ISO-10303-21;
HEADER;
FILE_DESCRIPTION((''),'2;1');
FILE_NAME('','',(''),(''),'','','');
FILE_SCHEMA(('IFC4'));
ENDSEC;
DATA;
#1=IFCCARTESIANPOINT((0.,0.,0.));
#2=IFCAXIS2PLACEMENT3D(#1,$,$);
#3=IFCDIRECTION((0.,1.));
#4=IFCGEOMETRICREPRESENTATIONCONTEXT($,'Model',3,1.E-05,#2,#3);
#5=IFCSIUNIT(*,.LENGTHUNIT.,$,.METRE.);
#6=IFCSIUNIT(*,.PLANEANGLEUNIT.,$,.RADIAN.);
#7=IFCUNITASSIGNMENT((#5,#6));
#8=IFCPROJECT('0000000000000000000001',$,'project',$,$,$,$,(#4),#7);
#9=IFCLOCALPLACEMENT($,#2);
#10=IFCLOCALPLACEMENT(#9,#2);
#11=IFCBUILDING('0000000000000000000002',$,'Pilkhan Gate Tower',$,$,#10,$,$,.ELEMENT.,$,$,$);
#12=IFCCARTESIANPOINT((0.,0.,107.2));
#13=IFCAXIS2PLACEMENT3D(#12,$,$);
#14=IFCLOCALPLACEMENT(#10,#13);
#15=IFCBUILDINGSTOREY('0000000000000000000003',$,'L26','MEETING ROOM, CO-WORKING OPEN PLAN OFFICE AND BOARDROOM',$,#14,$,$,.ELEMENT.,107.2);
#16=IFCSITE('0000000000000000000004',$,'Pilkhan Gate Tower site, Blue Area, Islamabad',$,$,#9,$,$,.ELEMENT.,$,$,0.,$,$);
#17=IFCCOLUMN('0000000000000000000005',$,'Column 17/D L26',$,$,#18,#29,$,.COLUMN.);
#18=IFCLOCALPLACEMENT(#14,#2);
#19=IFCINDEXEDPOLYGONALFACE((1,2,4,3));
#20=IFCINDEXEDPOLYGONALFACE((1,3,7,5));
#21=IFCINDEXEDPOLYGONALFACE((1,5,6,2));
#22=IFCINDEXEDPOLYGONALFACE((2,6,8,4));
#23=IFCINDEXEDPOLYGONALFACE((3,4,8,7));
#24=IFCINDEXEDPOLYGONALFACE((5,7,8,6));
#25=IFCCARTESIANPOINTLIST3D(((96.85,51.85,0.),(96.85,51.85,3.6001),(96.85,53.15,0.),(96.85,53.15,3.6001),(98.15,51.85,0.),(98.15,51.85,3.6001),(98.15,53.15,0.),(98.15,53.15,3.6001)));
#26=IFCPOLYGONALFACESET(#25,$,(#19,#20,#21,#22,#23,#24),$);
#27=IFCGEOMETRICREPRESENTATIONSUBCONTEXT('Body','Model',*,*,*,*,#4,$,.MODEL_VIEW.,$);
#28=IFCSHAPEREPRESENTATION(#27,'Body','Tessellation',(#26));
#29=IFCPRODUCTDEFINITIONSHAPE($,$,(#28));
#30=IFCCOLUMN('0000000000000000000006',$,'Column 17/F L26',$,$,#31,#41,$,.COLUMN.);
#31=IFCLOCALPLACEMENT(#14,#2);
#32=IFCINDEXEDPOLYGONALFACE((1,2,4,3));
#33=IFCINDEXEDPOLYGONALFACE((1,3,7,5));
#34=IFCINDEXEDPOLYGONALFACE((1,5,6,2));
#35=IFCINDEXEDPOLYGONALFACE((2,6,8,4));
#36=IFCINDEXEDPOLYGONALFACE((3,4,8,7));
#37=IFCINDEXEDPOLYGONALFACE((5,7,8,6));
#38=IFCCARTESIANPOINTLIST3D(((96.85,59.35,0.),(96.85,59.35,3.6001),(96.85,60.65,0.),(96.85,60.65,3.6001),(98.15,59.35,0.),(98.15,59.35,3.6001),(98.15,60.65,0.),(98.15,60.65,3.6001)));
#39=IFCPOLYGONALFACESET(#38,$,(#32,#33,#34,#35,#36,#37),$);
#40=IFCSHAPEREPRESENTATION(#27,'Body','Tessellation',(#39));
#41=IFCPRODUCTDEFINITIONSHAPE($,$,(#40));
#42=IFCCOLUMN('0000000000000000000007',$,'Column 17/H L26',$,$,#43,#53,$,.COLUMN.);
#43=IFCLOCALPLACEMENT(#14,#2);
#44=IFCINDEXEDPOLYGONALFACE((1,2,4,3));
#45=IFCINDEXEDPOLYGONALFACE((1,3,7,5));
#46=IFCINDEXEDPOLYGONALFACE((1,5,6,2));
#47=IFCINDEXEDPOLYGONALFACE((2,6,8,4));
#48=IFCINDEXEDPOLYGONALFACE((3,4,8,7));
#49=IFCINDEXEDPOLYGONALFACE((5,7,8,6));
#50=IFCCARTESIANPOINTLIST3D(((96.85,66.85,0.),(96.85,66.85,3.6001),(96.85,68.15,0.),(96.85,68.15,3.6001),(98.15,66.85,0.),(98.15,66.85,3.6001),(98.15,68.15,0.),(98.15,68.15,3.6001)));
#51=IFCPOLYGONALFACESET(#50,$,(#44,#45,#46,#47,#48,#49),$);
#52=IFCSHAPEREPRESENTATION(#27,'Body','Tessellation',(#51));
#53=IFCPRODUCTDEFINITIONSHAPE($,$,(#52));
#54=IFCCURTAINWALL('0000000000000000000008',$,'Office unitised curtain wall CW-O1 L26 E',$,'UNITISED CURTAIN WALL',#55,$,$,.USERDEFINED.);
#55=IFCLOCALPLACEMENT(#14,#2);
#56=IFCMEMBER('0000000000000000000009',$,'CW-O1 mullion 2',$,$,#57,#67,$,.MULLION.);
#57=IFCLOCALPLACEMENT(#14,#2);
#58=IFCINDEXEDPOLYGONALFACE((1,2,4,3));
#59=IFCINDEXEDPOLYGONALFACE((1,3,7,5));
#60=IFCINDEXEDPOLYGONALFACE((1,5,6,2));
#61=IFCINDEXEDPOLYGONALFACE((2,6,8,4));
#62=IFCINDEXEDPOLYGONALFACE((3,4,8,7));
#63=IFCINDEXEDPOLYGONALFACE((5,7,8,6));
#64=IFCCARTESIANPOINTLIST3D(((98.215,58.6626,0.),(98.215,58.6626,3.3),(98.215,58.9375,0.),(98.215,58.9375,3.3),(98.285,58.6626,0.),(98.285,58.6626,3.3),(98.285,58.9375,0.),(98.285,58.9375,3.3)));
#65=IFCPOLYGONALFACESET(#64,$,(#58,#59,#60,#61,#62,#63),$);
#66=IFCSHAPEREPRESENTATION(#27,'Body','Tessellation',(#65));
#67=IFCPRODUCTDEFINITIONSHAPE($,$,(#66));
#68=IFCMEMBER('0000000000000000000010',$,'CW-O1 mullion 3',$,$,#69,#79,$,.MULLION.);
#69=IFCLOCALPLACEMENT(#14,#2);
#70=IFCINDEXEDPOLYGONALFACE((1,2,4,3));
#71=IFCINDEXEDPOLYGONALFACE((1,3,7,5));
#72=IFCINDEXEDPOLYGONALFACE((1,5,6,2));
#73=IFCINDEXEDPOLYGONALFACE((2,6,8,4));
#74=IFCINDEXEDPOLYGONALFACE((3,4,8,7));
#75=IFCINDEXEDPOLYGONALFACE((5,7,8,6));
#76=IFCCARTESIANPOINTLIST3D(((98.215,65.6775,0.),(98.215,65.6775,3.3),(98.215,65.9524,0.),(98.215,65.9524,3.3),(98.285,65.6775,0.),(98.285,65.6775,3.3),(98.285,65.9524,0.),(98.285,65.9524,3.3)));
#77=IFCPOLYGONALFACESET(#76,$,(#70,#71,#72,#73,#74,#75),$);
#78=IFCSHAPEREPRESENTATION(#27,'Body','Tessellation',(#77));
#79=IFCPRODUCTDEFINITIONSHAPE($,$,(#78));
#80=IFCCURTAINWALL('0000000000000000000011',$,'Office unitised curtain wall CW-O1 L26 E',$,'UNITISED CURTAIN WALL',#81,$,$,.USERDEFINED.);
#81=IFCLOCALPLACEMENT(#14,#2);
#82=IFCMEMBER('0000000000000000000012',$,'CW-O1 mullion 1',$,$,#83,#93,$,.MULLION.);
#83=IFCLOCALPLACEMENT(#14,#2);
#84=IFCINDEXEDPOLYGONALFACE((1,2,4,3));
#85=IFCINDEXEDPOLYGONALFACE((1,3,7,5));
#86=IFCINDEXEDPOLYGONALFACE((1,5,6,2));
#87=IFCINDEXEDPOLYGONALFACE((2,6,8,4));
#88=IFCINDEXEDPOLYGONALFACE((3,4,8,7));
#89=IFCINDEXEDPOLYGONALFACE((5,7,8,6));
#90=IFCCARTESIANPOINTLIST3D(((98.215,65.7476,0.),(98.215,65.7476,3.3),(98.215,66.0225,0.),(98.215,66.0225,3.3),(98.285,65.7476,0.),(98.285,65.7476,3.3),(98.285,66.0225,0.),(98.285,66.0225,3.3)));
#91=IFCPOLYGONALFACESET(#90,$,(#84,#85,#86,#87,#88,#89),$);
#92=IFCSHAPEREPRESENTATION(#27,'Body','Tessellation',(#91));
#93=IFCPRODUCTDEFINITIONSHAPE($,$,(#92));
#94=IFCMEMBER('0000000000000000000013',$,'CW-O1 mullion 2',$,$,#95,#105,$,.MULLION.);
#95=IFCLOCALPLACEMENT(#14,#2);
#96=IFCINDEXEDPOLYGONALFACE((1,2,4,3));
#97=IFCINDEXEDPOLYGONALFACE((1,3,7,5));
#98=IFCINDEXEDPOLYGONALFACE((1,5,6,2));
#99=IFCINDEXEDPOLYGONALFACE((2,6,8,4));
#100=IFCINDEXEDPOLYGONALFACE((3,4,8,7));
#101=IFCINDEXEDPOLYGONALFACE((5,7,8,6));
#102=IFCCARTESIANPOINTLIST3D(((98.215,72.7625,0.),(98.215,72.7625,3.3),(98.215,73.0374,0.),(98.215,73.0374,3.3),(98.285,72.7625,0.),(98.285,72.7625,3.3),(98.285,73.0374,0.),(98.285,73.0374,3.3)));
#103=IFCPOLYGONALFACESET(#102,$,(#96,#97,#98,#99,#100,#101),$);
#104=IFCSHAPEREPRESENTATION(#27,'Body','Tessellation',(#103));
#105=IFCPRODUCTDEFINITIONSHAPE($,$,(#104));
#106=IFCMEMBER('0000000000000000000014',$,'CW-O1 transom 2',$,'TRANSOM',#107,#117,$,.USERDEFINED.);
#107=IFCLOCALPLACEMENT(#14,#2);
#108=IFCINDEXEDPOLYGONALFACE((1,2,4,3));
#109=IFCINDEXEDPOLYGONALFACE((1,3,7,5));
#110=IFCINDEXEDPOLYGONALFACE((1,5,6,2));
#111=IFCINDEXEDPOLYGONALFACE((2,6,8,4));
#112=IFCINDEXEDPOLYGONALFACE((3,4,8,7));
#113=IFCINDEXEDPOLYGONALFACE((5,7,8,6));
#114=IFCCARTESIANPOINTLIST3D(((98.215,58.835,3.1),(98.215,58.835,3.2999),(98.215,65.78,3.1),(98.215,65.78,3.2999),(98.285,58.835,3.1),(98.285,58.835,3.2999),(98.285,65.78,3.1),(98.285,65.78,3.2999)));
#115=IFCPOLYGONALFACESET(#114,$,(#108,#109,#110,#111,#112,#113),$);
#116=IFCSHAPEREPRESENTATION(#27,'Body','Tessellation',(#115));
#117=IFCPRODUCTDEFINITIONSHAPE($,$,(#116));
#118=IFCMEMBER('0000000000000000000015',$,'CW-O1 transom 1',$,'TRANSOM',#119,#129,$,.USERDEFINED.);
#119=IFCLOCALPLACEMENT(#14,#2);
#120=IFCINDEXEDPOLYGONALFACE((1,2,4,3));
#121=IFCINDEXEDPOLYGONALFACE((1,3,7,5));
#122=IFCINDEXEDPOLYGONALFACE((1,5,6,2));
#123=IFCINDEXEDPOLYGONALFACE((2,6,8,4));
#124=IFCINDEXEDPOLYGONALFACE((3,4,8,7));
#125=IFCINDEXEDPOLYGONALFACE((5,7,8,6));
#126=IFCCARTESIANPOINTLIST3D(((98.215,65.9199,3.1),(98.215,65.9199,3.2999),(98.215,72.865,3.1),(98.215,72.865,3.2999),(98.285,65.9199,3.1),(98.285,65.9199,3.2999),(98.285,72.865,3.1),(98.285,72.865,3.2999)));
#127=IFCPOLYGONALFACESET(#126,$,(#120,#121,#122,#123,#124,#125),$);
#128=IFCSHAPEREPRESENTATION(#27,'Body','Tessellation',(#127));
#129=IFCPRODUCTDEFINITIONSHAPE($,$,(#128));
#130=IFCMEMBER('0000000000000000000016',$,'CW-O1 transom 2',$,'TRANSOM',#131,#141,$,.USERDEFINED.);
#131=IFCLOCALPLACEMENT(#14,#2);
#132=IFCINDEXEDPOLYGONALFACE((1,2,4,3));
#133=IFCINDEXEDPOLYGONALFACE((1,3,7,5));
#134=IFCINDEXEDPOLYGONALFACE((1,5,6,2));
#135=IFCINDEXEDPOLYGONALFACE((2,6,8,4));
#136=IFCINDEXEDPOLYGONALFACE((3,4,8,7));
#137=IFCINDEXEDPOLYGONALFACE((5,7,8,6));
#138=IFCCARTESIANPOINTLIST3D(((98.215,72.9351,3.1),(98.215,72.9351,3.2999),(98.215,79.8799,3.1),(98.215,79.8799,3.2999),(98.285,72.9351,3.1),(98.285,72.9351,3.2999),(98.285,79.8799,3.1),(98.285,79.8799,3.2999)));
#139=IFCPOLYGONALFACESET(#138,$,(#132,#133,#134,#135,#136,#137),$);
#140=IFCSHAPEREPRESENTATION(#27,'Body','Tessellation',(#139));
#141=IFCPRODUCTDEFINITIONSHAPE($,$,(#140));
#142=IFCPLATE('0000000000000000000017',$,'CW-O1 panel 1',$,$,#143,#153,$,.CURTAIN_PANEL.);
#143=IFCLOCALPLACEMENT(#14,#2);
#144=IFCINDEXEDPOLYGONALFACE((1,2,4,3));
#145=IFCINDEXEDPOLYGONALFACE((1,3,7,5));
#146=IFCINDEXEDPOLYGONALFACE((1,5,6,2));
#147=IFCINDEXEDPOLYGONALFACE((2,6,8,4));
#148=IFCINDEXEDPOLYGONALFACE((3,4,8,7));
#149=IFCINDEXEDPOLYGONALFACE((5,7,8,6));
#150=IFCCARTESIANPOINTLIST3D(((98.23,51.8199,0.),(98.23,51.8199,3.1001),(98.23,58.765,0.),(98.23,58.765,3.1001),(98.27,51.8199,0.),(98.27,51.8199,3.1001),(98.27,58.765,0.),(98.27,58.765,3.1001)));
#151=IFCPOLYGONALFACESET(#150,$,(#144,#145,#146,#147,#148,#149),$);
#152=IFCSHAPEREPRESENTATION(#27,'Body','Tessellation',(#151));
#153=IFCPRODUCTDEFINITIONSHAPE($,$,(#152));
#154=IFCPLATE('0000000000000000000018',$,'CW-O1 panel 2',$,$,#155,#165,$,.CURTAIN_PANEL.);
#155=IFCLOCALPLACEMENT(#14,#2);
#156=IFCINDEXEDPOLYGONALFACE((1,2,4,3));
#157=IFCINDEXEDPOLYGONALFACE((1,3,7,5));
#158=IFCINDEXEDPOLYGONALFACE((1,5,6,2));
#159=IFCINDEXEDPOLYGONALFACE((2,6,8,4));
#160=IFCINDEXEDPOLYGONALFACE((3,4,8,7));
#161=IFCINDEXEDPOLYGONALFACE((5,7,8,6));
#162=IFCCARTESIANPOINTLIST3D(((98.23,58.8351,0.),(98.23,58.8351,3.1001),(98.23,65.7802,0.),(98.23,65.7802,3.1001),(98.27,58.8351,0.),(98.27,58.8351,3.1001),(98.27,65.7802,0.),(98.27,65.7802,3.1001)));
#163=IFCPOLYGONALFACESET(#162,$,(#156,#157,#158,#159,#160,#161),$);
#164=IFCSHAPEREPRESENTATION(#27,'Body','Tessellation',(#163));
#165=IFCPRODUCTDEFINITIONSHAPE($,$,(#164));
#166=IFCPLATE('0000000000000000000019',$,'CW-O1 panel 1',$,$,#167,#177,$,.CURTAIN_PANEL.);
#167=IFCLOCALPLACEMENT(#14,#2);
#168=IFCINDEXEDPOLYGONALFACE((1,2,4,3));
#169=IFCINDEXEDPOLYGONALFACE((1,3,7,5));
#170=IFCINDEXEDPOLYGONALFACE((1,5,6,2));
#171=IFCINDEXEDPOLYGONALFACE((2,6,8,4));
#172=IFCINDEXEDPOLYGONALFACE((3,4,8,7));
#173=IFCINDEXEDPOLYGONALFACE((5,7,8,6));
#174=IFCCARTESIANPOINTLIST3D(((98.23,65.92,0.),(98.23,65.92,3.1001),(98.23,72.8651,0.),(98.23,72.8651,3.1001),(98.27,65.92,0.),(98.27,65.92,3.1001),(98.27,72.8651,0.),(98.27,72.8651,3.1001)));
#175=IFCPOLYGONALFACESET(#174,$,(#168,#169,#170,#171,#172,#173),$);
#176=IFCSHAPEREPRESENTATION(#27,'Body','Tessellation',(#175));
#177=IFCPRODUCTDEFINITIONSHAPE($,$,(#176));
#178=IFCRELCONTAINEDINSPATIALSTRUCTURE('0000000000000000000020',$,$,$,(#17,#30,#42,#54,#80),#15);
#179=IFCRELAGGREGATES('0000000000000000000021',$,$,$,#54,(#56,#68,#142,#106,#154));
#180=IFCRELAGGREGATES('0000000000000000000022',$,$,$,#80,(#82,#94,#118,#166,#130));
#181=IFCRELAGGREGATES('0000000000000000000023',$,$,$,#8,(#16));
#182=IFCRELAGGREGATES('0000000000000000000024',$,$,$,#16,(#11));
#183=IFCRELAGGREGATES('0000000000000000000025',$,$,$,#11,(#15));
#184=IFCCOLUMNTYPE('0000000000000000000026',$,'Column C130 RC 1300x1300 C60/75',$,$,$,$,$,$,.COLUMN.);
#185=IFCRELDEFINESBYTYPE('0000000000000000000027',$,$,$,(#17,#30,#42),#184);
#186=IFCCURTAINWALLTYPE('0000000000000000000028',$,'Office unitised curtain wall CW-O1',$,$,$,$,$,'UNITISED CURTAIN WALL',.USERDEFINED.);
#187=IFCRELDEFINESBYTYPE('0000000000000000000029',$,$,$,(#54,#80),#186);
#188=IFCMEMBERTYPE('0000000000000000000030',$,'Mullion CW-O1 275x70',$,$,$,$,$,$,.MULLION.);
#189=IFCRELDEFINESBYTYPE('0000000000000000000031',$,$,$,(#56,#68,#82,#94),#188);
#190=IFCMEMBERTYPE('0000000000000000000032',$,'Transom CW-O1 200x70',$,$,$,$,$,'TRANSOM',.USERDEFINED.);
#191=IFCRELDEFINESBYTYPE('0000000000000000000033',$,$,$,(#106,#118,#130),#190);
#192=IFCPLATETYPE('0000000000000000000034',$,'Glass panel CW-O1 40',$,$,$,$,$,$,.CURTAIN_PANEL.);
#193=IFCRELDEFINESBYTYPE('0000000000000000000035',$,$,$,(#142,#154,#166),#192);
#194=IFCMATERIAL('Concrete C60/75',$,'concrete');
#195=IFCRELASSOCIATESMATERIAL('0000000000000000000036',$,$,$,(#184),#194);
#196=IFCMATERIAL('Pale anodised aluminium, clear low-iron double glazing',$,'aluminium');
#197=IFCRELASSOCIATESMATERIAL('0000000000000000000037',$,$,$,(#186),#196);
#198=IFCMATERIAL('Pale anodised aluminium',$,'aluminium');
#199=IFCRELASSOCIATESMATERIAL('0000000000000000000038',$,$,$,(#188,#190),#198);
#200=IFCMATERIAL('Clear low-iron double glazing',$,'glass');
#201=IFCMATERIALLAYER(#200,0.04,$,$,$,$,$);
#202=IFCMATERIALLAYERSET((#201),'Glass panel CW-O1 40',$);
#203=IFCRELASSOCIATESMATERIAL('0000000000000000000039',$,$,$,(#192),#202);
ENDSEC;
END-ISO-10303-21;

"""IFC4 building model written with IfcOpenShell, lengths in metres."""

from ifc_helpers import new_model, si_unit, direction, frame, origin, origin_2d, place, context, subcontext, project, spatial, rectangle, extrude, material, layer, layer_set, material_profile, profile_set, type_object, element, aggregate, save


model = new_model("IFC4")

# Units and contexts
model_context = context("Model", 3, precision=1e-05, world=origin(), true_north=direction((0.0, 1.0)))
body_context = subcontext(model_context, "Body", "Model", "MODEL_VIEW")
ifc_project = project(units=[si_unit("LENGTHUNIT", "METRE"), si_unit("PLANEANGLEUNIT", "RADIAN")], contexts=[model_context])

# Site, building, storey
site_placement = place(None, origin())
site = spatial("IfcSite", under=ifc_project, at=site_placement, Name="Pilkhan Gate Tower site, Blue Area, Islamabad", CompositionType="ELEMENT", RefElevation=0.0)
building_placement = place(site_placement, origin())
building = spatial("IfcBuilding", under=site, at=building_placement, Name="Pilkhan Gate Tower", CompositionType="ELEMENT")
storey_placement = place(building_placement, frame((0.0, 0.0, 107.2)))
storey = spatial("IfcBuildingStorey", under=building, at=storey_placement, Name="L26", Description="MEETING ROOM, CO-WORKING OPEN PLAN OFFICE AND BOARDROOM", CompositionType="ELEMENT", Elevation=107.2)

# Columns
ifc_material_1 = material(Name="Concrete C60/75", Category="concrete")
ifc_material_profile_1 = material_profile(ifc_material_1, rectangle(XDim=1.3, YDim=1.3, at=origin_2d()), Name="RC 1300x1300")
ifc_profile_set_1 = profile_set([ifc_material_profile_1], Name="Concrete C60/75")
column_type = type_object("IfcColumnType", Name="Column C130 RC 1300x1300 C60/75", PredefinedType="COLUMN", material=ifc_profile_set_1)
for number, where, z_axis, x_axis, name in (
    (1, (97.5, 52.5, 0.0), (0.0, 0.0, 1.0), (1.0, 0.0, 0.0), "Column 17/D L26"),
    (2, (97.5, 60.0, 0.0), (0.0, 0.0, 1.0), (1.0, 0.0, 0.0), "Column 17/F L26"),
    (3, (97.5, 67.5, 0.0), (0.0, 0.0, 1.0), (1.0, 0.0, 0.0), "Column 17/H L26"),
):
    element("IfcColumn", number, at=place(storey_placement, frame(where, z_axis=z_axis, x_axis=x_axis)), inside=storey, type_object=column_type, Name=name, PredefinedType="COLUMN", context=body_context, shape_type="SweptSolid", body=[
        extrude(rectangle(XDim=1.3, YDim=1.3, at=origin_2d()), origin(), (0.0, 0.0, 1.0), 3.6001),
    ])

# Curtain walls, members
ifc_material_2 = material(Name="Pale anodised aluminium, clear low-iron double glazing", Category="aluminium")
curtain_wall_type = type_object("IfcCurtainWallType", Name="Office unitised curtain wall CW-O1", ElementType="UNITISED CURTAIN WALL", PredefinedType="USERDEFINED", material=ifc_material_2)
curtain_wall_1_placement = place(storey_placement, origin())
curtain_wall_1 = element("IfcCurtainWall", 4, at=curtain_wall_1_placement, inside=storey, type_object=curtain_wall_type, Name="Office unitised curtain wall CW-O1 L26 E", ObjectType="UNITISED CURTAIN WALL", PredefinedType="USERDEFINED")
ifc_material_3 = material(Name="Pale anodised aluminium", Category="aluminium")
ifc_material_profile_2 = material_profile(ifc_material_3, rectangle(XDim=0.0701, YDim=0.2749, at=origin_2d()), Name="Mullion 275x70")
ifc_profile_set_2 = profile_set([ifc_material_profile_2], Name="Pale anodised aluminium")
member_type_1 = type_object("IfcMemberType", Name="Mullion CW-O1 275x70", PredefinedType="MULLION", material=ifc_profile_set_2)
member_1_placement = place(storey_placement, frame((98.25, 58.8, 0.0), z_axis=(0.0, 0.0, 1.0), x_axis=(-1.0, 0.0, 0.0)))
member_1 = element("IfcMember", 5, at=member_1_placement, type_object=member_type_1, Name="CW-O1 mullion 2", PredefinedType="MULLION", context=body_context, shape_type="SweptSolid", body=[
    extrude(rectangle(XDim=0.0701, YDim=0.2749, at=origin_2d()), origin(), (0.0, 0.0, 1.0), 3.3),
])
member_2_placement = place(storey_placement, frame((98.25, 65.8149, 0.0), z_axis=(0.0, 0.0, 1.0), x_axis=(-1.0, 0.0, 0.0)))
member_2 = element("IfcMember", 6, at=member_2_placement, type_object=member_type_1, Name="CW-O1 mullion 3", PredefinedType="MULLION", context=body_context, shape_type="SweptSolid", body=[
    extrude(rectangle(XDim=0.0701, YDim=0.2749, at=origin_2d()), origin(), (0.0, 0.0, 1.0), 3.3),
])
curtain_wall_2_placement = place(storey_placement, origin())
curtain_wall_2 = element("IfcCurtainWall", 7, at=curtain_wall_2_placement, inside=storey, type_object=curtain_wall_type, Name="Office unitised curtain wall CW-O1 L26 E", ObjectType="UNITISED CURTAIN WALL", PredefinedType="USERDEFINED")
member_3_placement = place(storey_placement, frame((98.25, 65.885, 0.0), z_axis=(0.0, 0.0, 1.0), x_axis=(-1.0, 0.0, 0.0)))
member_3 = element("IfcMember", 8, at=member_3_placement, type_object=member_type_1, Name="CW-O1 mullion 1", PredefinedType="MULLION", context=body_context, shape_type="SweptSolid", body=[
    extrude(rectangle(XDim=0.0701, YDim=0.2749, at=origin_2d()), origin(), (0.0, 0.0, 1.0), 3.3),
])
member_4_placement = place(storey_placement, frame((98.25, 72.8999, 0.0), z_axis=(0.0, 0.0, 1.0), x_axis=(-1.0, 0.0, 0.0)))
member_4 = element("IfcMember", 9, at=member_4_placement, type_object=member_type_1, Name="CW-O1 mullion 2", PredefinedType="MULLION", context=body_context, shape_type="SweptSolid", body=[
    extrude(rectangle(XDim=0.0701, YDim=0.2749, at=origin_2d()), origin(), (0.0, 0.0, 1.0), 3.3),
])

# Members
ifc_material_profile_3 = material_profile(ifc_material_3, rectangle(XDim=0.0701, YDim=0.2, at=origin_2d()), Name="Transom 200x70")
ifc_profile_set_3 = profile_set([ifc_material_profile_3], Name="Pale anodised aluminium")
member_type_2 = type_object("IfcMemberType", Name="Transom CW-O1 200x70", ElementType="TRANSOM", PredefinedType="USERDEFINED", material=ifc_profile_set_3)
member_5_placement = place(storey_placement, frame((98.25, 58.835, 3.2), z_axis=(0.0, 1.0, 0.0), x_axis=(-1.0, 0.0, 0.0)))
member_5 = element("IfcMember", 10, at=member_5_placement, type_object=member_type_2, Name="CW-O1 transom 2", ObjectType="TRANSOM", PredefinedType="USERDEFINED", context=body_context, shape_type="SweptSolid", body=[
    extrude(rectangle(XDim=0.0701, YDim=0.2, at=origin_2d()), origin(), (0.0, 0.0, 1.0), 6.9451),
])
member_6_placement = place(storey_placement, frame((98.25, 65.9199, 3.2), z_axis=(0.0, 1.0, 0.0), x_axis=(-1.0, 0.0, 0.0)))
member_6 = element("IfcMember", 11, at=member_6_placement, type_object=member_type_2, Name="CW-O1 transom 1", ObjectType="TRANSOM", PredefinedType="USERDEFINED", context=body_context, shape_type="SweptSolid", body=[
    extrude(rectangle(XDim=0.0701, YDim=0.2, at=origin_2d()), origin(), (0.0, 0.0, 1.0), 6.9451),
])
member_7_placement = place(storey_placement, frame((98.25, 72.9351, 3.2), z_axis=(0.0, 1.0, 0.0), x_axis=(-1.0, 0.0, 0.0)))
member_7 = element("IfcMember", 12, at=member_7_placement, type_object=member_type_2, Name="CW-O1 transom 2", ObjectType="TRANSOM", PredefinedType="USERDEFINED", context=body_context, shape_type="SweptSolid", body=[
    extrude(rectangle(XDim=0.0701, YDim=0.2, at=origin_2d()), origin(), (0.0, 0.0, 1.0), 6.9448),
])

# Plates
ifc_material_4 = material(Name="Clear low-iron double glazing", Category="glass")
ifc_layer_1 = layer(ifc_material_4, 0.04)
ifc_layer_set_1 = layer_set([ifc_layer_1], Name="Glass panel CW-O1 40")
plate_type = type_object("IfcPlateType", Name="Glass panel CW-O1 40", PredefinedType="CURTAIN_PANEL", material=ifc_layer_set_1)
plate_1_placement = place(storey_placement, frame((98.25, 55.2925, 0.0), z_axis=(0.0, 0.0, 1.0), x_axis=(0.0, 1.0, 0.0)))
plate_1 = element("IfcPlate", 13, at=plate_1_placement, type_object=plate_type, Name="CW-O1 panel 1", PredefinedType="CURTAIN_PANEL", context=body_context, shape_type="SweptSolid", body=[
    extrude(rectangle(XDim=6.9451, YDim=0.04, at=origin_2d()), origin(), (0.0, 0.0, 1.0), 3.1001),
])
plate_2_placement = place(storey_placement, frame((98.25, 62.3076, 0.0), z_axis=(0.0, 0.0, 1.0), x_axis=(0.0, 1.0, 0.0)))
plate_2 = element("IfcPlate", 14, at=plate_2_placement, type_object=plate_type, Name="CW-O1 panel 2", PredefinedType="CURTAIN_PANEL", context=body_context, shape_type="SweptSolid", body=[
    extrude(rectangle(XDim=6.9451, YDim=0.04, at=origin_2d()), origin(), (0.0, 0.0, 1.0), 3.1001),
])
aggregate(curtain_wall_1, [member_1, member_2, plate_1, member_5, plate_2])
plate_3_placement = place(storey_placement, frame((98.25, 69.3926, 0.0), z_axis=(0.0, 0.0, 1.0), x_axis=(0.0, 1.0, 0.0)))
plate_3 = element("IfcPlate", 15, at=plate_3_placement, type_object=plate_type, Name="CW-O1 panel 1", PredefinedType="CURTAIN_PANEL", context=body_context, shape_type="SweptSolid", body=[
    extrude(rectangle(XDim=6.9451, YDim=0.04, at=origin_2d()), origin(), (0.0, 0.0, 1.0), 3.1001),
])
aggregate(curtain_wall_2, [member_3, member_4, member_6, plate_3, member_7])

save(model, "model.ifc")
